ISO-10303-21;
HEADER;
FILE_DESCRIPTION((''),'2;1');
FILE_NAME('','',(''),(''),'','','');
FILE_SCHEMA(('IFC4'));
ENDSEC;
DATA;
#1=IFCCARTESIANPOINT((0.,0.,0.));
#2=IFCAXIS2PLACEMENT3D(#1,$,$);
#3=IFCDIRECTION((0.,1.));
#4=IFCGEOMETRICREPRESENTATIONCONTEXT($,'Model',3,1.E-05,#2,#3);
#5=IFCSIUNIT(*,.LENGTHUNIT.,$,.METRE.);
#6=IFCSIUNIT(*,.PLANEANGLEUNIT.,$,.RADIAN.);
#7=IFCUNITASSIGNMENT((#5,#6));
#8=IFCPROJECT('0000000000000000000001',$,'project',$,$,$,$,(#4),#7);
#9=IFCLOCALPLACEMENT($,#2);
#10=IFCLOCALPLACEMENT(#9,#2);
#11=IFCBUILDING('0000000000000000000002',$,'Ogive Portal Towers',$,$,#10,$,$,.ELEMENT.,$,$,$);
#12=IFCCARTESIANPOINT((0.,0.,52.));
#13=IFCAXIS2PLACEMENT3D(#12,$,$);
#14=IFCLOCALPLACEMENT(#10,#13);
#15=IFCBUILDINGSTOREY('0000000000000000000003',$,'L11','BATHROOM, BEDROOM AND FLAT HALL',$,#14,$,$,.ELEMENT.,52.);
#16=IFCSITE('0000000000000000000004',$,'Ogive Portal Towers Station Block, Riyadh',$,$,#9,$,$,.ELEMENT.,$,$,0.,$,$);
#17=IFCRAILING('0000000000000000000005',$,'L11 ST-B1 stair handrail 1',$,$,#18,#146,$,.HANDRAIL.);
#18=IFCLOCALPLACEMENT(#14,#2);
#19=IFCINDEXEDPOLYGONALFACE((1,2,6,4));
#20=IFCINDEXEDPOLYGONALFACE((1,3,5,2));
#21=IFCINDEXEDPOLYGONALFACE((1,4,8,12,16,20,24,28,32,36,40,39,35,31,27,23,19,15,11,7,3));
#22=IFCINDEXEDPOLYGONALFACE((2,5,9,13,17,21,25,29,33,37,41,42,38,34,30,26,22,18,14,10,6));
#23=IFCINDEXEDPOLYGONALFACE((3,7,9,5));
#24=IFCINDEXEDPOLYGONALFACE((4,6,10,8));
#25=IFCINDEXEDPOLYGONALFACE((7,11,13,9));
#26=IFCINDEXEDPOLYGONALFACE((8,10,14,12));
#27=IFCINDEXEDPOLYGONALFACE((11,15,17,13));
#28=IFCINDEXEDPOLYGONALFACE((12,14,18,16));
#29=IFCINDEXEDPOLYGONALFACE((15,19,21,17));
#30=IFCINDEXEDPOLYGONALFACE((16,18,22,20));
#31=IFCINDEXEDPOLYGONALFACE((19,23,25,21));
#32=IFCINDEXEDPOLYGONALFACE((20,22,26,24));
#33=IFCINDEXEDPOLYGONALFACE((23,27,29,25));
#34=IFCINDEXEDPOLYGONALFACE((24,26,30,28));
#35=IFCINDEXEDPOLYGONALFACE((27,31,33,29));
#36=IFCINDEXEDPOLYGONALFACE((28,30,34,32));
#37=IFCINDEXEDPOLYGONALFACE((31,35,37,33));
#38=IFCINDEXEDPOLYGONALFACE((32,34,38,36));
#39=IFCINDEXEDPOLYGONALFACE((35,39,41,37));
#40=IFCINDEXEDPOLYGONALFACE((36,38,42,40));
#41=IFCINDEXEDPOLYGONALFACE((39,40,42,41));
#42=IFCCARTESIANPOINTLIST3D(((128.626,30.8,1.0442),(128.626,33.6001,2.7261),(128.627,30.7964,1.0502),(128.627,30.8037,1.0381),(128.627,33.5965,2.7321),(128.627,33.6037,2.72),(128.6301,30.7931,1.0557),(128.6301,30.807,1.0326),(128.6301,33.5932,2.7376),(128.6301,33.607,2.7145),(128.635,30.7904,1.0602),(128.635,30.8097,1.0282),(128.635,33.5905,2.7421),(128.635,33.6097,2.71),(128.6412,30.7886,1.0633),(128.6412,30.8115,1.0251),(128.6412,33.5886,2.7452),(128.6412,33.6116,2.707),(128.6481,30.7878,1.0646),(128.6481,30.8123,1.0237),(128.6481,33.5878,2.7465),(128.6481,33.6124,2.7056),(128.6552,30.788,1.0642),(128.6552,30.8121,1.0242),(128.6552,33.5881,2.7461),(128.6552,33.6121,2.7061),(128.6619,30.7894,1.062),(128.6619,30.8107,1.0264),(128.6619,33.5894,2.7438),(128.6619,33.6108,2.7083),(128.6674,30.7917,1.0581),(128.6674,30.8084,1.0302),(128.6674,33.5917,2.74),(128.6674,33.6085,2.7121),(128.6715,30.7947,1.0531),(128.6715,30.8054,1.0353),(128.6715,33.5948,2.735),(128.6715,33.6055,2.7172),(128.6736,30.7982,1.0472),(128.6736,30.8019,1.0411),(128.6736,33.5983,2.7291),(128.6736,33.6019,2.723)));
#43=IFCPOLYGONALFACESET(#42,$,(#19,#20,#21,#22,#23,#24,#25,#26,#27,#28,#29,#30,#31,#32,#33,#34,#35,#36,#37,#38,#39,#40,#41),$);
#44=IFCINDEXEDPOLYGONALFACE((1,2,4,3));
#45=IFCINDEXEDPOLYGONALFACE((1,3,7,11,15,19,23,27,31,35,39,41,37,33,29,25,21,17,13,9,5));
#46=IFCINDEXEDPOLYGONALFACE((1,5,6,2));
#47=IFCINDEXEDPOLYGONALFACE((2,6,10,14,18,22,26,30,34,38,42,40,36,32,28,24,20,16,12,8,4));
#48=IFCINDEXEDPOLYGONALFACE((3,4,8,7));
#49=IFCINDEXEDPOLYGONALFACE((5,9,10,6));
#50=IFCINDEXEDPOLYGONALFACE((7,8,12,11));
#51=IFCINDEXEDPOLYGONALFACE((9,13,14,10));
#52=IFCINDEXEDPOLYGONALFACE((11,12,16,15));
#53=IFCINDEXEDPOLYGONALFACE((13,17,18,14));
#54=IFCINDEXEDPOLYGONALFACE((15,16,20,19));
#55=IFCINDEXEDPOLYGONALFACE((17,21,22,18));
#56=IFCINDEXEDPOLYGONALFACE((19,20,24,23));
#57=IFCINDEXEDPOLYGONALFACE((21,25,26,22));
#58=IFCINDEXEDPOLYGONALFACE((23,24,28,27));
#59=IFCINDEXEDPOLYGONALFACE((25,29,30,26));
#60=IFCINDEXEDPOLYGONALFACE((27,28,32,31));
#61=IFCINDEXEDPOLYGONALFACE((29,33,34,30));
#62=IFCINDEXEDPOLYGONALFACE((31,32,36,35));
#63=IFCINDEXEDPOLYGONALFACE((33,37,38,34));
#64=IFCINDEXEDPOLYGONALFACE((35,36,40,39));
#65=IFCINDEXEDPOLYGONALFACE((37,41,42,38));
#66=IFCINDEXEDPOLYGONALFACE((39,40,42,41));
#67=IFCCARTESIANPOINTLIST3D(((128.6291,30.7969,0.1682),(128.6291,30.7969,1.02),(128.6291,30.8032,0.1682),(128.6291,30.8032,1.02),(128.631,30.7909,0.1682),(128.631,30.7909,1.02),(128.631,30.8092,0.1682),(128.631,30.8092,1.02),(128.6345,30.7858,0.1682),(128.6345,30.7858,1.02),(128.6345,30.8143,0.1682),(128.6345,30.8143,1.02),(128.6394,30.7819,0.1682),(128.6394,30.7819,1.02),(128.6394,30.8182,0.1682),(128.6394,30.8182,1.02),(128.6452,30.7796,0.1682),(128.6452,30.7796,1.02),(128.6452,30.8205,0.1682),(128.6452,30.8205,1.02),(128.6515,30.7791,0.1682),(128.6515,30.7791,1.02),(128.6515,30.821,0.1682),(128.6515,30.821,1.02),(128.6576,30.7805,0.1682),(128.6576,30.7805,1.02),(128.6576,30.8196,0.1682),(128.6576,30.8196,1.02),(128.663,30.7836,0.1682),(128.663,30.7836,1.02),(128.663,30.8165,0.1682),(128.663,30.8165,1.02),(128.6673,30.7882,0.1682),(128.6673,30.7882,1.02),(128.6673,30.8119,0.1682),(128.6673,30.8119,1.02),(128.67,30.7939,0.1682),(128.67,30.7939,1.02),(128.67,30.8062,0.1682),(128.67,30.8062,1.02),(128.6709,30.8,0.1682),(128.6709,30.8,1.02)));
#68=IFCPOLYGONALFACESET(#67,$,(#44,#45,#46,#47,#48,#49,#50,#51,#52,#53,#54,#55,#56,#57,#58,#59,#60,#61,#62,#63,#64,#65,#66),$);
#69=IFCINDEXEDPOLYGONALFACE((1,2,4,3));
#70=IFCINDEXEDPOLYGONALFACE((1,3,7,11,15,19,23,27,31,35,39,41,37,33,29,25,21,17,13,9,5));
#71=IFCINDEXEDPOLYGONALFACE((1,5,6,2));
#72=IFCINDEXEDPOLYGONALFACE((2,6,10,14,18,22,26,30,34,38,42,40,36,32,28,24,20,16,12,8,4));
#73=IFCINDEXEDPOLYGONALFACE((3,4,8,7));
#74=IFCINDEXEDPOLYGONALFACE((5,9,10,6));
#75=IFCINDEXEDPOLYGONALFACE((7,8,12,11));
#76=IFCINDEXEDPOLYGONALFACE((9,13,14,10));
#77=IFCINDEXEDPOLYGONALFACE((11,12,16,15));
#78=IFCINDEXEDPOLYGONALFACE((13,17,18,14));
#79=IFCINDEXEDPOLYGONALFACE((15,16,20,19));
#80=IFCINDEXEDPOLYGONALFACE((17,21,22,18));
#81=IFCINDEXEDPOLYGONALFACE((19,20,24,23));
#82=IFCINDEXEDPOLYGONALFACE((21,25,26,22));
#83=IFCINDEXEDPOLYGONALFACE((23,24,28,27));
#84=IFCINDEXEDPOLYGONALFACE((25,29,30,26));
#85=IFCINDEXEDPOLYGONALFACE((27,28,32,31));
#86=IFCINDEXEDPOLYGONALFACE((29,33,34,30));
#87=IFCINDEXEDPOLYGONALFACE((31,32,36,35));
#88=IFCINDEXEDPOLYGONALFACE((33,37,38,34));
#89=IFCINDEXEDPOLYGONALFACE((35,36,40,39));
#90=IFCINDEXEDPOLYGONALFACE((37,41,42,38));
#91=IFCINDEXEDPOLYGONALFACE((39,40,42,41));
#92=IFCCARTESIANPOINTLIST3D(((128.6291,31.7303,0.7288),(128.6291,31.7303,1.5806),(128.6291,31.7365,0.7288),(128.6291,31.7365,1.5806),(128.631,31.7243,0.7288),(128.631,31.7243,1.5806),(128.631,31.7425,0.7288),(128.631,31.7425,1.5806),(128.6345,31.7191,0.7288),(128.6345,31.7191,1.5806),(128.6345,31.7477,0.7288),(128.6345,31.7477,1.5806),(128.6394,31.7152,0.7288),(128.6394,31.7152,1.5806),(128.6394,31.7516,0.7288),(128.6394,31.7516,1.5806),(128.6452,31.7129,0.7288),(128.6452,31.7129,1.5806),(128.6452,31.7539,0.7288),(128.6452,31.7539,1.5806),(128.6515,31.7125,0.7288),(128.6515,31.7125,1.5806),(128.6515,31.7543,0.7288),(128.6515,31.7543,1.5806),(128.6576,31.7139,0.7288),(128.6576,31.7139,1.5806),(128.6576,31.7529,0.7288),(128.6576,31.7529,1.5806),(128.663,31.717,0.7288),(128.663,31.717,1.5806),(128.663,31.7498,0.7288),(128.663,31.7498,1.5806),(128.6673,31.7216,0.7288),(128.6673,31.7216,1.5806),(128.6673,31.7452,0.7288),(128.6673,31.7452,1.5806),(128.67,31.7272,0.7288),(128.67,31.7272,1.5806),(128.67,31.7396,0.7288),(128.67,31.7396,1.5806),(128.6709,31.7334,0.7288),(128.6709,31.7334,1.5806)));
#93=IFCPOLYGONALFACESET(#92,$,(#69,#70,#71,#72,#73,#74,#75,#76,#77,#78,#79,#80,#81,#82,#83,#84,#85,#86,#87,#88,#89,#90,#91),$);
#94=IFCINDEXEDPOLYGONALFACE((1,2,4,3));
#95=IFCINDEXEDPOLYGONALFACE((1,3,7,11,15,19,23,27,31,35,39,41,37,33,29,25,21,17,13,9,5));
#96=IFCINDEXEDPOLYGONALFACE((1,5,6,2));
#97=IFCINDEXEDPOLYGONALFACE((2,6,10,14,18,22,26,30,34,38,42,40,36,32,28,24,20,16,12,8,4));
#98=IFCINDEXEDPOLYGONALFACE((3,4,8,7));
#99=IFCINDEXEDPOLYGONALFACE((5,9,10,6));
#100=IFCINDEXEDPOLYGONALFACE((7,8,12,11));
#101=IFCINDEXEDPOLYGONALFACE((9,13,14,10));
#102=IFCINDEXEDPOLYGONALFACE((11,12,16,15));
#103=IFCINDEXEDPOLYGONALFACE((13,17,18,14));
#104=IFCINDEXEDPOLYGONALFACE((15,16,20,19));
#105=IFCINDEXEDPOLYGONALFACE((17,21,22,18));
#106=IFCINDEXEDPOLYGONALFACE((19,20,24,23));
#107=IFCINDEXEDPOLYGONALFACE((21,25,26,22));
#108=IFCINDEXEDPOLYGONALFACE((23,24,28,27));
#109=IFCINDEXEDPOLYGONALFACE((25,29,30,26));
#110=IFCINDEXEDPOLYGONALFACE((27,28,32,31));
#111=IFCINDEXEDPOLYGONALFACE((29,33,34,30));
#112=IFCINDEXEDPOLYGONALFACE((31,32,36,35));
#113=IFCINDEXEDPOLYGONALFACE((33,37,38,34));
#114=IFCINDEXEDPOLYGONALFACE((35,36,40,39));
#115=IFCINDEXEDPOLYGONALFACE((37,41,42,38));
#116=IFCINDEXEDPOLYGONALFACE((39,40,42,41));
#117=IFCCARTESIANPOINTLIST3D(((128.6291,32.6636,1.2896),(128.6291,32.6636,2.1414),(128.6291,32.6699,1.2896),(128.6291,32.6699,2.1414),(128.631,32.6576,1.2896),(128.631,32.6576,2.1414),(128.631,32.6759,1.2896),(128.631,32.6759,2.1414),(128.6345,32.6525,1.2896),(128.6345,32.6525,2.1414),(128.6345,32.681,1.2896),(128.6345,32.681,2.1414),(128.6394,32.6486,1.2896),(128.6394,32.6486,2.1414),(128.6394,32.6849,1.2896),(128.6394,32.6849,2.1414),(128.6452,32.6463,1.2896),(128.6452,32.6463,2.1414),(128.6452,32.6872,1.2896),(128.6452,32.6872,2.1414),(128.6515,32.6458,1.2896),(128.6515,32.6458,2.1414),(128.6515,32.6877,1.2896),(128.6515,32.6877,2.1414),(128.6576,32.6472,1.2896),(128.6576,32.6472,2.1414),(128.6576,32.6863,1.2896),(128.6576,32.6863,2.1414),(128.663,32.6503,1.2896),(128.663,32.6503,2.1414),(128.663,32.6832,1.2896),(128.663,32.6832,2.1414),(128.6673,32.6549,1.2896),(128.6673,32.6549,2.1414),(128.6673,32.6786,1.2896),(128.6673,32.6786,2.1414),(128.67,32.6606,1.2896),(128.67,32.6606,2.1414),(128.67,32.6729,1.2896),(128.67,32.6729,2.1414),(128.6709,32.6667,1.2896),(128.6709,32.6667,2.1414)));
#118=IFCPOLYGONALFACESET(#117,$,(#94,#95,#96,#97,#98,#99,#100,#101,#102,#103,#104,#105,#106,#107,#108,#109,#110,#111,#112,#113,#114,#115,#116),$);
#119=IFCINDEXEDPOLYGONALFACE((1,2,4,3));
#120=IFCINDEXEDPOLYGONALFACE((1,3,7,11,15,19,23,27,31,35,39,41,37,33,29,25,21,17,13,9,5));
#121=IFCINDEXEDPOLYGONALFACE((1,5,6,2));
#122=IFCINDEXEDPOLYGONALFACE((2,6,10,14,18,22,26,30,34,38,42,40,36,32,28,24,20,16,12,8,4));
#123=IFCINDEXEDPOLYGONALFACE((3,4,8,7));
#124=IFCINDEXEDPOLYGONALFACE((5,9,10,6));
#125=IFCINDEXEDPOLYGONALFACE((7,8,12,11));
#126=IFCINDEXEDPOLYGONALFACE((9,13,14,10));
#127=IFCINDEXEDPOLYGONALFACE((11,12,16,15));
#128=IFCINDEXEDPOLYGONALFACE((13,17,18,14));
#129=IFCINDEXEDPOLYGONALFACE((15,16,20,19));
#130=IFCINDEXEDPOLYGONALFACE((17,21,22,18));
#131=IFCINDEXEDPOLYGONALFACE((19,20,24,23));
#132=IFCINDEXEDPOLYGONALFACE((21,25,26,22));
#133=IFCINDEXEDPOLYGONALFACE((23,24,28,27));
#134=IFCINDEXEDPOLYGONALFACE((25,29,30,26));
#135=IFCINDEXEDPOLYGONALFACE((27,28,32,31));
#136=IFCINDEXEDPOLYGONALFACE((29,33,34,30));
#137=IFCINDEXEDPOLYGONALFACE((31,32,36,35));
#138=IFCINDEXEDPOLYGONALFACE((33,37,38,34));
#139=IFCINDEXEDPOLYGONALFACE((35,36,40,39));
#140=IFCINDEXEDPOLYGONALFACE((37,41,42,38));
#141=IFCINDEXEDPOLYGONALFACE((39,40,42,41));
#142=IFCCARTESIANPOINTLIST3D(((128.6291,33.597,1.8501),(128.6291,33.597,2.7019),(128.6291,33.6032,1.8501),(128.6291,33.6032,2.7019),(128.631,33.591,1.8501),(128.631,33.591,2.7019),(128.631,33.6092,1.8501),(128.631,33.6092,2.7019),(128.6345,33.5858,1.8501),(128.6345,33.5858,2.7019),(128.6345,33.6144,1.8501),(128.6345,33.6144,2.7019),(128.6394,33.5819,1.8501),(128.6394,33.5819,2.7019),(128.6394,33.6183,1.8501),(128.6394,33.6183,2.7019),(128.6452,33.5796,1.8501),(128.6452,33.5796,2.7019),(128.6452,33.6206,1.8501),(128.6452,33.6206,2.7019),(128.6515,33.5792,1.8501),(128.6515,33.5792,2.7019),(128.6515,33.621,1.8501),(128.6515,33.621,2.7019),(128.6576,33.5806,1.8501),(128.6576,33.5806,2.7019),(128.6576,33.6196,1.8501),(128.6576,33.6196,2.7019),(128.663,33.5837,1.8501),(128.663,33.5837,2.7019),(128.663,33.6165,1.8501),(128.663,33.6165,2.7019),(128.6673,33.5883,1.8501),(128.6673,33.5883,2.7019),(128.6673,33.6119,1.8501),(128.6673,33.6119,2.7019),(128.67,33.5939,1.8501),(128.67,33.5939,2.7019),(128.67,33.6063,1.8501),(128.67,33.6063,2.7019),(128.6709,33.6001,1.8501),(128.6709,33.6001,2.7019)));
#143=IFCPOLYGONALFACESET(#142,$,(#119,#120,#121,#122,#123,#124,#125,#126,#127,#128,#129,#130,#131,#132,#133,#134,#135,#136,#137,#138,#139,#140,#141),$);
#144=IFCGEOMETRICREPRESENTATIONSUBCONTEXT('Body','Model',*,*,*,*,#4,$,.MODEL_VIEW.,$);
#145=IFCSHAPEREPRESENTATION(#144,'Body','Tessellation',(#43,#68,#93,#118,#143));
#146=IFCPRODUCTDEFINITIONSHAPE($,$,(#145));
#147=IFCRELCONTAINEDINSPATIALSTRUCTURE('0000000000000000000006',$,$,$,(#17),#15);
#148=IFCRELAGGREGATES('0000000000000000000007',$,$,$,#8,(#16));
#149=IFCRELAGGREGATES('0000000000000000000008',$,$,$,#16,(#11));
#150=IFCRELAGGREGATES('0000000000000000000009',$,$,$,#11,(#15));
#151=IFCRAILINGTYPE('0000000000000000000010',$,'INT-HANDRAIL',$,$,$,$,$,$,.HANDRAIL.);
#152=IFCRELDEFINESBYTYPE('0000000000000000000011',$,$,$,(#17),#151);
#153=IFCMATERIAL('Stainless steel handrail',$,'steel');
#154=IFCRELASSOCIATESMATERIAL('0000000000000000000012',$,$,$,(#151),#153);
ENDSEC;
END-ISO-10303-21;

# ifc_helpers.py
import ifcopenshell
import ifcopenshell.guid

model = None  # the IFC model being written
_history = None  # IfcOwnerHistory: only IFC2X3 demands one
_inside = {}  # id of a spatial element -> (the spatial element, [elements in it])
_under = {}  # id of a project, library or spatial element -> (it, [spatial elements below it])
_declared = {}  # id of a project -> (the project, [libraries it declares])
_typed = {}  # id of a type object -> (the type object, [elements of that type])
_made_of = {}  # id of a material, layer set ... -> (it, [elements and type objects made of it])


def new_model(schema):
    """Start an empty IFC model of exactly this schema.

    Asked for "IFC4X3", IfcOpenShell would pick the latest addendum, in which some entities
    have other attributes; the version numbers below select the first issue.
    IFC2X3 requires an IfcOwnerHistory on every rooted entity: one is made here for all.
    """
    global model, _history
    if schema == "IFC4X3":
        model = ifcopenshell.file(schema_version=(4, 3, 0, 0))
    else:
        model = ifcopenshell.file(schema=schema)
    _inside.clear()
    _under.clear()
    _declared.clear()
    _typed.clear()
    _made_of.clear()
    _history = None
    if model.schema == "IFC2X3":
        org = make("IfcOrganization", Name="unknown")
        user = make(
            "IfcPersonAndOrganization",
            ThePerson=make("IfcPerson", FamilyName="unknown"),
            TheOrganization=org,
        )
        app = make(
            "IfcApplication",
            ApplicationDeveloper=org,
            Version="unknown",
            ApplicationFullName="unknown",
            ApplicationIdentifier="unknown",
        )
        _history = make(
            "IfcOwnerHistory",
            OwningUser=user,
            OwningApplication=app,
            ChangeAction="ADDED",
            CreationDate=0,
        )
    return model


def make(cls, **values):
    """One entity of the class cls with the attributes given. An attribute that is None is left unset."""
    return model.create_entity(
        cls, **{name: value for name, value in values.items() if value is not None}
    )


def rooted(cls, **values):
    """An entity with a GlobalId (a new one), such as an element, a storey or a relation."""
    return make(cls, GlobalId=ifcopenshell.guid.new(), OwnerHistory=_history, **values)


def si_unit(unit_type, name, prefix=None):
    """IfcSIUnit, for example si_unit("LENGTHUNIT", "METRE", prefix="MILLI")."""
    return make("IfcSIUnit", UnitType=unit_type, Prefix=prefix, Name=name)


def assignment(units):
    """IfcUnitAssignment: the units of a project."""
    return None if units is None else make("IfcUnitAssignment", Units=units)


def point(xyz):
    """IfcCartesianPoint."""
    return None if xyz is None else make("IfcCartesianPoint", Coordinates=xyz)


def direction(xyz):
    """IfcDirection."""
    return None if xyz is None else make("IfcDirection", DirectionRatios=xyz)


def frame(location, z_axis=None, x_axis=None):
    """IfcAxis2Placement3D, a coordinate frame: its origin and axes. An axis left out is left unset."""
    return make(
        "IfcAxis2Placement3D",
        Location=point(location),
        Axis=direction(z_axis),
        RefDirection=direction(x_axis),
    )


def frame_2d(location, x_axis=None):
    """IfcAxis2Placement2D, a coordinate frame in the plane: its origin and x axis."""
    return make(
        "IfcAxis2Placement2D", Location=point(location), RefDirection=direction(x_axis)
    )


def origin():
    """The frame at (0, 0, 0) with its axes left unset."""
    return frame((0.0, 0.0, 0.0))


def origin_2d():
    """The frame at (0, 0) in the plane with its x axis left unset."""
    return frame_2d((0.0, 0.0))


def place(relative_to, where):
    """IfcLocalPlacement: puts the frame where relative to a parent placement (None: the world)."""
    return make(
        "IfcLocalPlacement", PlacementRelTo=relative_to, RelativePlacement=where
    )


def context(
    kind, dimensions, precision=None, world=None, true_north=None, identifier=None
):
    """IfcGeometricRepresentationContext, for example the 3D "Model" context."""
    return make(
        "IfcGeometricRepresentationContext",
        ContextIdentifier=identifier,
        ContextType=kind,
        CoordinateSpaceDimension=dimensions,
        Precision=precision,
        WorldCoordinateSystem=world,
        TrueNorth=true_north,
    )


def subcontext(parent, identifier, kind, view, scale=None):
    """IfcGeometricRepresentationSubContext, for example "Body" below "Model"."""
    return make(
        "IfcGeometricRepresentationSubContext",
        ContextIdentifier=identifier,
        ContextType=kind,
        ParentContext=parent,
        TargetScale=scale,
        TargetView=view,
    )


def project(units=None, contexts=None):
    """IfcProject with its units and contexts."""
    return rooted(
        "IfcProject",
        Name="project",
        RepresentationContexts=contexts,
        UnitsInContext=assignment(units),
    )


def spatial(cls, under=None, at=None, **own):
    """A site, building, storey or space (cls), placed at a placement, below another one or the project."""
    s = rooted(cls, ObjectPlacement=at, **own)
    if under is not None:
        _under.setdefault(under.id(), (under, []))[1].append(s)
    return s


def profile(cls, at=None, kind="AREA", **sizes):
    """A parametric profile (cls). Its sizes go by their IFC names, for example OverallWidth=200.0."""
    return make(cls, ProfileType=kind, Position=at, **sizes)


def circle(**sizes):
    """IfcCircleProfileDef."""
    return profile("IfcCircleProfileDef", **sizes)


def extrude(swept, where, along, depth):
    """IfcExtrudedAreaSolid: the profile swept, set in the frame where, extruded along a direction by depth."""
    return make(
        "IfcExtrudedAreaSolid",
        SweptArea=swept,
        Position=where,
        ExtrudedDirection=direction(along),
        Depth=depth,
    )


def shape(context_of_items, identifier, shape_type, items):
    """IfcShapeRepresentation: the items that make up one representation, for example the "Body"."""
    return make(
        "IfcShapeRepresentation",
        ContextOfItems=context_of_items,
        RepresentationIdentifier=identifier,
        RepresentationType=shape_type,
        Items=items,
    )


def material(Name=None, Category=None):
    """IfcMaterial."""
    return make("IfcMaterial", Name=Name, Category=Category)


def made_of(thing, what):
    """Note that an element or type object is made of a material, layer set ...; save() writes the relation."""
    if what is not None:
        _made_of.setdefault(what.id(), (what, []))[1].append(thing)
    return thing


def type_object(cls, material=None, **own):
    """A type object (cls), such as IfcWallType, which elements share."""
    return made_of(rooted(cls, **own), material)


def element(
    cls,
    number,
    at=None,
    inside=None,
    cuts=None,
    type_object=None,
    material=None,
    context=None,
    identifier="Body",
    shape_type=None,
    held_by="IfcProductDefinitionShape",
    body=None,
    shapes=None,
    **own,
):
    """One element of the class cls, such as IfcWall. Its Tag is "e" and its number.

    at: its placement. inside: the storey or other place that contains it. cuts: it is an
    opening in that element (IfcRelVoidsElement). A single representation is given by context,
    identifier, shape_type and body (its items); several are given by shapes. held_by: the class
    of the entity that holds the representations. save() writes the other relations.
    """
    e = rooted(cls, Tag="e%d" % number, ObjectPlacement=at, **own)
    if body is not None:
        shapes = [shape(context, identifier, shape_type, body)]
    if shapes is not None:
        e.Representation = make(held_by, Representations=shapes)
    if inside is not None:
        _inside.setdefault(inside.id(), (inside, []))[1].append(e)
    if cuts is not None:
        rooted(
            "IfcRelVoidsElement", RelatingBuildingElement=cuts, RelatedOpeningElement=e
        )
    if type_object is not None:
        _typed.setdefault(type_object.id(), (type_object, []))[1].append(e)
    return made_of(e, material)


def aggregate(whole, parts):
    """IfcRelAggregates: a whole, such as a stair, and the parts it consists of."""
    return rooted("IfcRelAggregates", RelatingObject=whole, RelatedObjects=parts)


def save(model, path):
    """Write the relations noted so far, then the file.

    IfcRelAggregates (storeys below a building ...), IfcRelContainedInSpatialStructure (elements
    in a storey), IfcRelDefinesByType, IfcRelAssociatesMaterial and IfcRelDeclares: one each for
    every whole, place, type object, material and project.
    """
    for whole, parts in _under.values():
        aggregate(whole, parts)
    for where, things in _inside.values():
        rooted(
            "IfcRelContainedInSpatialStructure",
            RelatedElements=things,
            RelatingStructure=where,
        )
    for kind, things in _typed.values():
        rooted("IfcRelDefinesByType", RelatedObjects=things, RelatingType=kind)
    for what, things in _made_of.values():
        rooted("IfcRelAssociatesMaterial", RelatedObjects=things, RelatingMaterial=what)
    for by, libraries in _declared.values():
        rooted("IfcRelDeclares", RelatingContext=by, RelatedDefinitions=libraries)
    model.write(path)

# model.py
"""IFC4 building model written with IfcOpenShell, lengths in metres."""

from ifc_helpers import new_model, si_unit, direction, frame, origin, origin_2d, place, context, subcontext, project, spatial, circle, extrude, material, type_object, element, save


model = new_model("IFC4")

# Units and contexts
model_context = context("Model", 3, precision=1e-05, world=origin(), true_north=direction((0.0, 1.0)))
body_context = subcontext(model_context, "Body", "Model", "MODEL_VIEW")
ifc_project = project(units=[si_unit("LENGTHUNIT", "METRE"), si_unit("PLANEANGLEUNIT", "RADIAN")], contexts=[model_context])

# Site, building, storey
site_placement = place(None, origin())
site = spatial("IfcSite", under=ifc_project, at=site_placement, Name="Ogive Portal Towers Station Block, Riyadh", CompositionType="ELEMENT", RefElevation=0.0)
building_placement = place(site_placement, origin())
building = spatial("IfcBuilding", under=site, at=building_placement, Name="Ogive Portal Towers", CompositionType="ELEMENT")
storey_placement = place(building_placement, frame((0.0, 0.0, 52.0)))
storey = spatial("IfcBuildingStorey", under=building, at=storey_placement, Name="L11", Description="BATHROOM, BEDROOM AND FLAT HALL", CompositionType="ELEMENT", Elevation=52.0)

# Railing
ifc_material_1 = material(Name="Stainless steel handrail", Category="steel")
railing_type_1 = type_object("IfcRailingType", Name="INT-HANDRAIL", PredefinedType="HANDRAIL", material=ifc_material_1)
railing_1_placement = place(storey_placement, frame((128.6499, 30.8, 0.1682)))
element("IfcRailing", 1, at=railing_1_placement, inside=storey, type_object=railing_type_1, Name="L11 ST-B1 stair handrail 1", PredefinedType="HANDRAIL", context=body_context, shape_type="SweptSolid", body=[
    extrude(circle(Radius=0.0239, at=origin_2d()), frame((0.0, 0.0, 0.876), z_axis=(0.0, 0.857242, 0.514913), x_axis=(-1.0, 0.0, 0.0)), (0.0, 0.0, 1.0), 3.2664),
    extrude(circle(Radius=0.021, at=origin_2d()), origin(), (0.0, 0.0, 1.0), 0.8518),
    extrude(circle(Radius=0.021, at=origin_2d()), frame((0.0, 0.9333, 0.5605)), (0.0, 0.0, 1.0), 0.8518),
    extrude(circle(Radius=0.021, at=origin_2d()), frame((0.0, 1.8667, 1.1213)), (0.0, 0.0, 1.0), 0.8518),
    extrude(circle(Radius=0.021, at=origin_2d()), frame((0.0, 2.8, 1.6819)), (0.0, 0.0, 1.0), 0.8518),
])

save(model, "model.ifc")
